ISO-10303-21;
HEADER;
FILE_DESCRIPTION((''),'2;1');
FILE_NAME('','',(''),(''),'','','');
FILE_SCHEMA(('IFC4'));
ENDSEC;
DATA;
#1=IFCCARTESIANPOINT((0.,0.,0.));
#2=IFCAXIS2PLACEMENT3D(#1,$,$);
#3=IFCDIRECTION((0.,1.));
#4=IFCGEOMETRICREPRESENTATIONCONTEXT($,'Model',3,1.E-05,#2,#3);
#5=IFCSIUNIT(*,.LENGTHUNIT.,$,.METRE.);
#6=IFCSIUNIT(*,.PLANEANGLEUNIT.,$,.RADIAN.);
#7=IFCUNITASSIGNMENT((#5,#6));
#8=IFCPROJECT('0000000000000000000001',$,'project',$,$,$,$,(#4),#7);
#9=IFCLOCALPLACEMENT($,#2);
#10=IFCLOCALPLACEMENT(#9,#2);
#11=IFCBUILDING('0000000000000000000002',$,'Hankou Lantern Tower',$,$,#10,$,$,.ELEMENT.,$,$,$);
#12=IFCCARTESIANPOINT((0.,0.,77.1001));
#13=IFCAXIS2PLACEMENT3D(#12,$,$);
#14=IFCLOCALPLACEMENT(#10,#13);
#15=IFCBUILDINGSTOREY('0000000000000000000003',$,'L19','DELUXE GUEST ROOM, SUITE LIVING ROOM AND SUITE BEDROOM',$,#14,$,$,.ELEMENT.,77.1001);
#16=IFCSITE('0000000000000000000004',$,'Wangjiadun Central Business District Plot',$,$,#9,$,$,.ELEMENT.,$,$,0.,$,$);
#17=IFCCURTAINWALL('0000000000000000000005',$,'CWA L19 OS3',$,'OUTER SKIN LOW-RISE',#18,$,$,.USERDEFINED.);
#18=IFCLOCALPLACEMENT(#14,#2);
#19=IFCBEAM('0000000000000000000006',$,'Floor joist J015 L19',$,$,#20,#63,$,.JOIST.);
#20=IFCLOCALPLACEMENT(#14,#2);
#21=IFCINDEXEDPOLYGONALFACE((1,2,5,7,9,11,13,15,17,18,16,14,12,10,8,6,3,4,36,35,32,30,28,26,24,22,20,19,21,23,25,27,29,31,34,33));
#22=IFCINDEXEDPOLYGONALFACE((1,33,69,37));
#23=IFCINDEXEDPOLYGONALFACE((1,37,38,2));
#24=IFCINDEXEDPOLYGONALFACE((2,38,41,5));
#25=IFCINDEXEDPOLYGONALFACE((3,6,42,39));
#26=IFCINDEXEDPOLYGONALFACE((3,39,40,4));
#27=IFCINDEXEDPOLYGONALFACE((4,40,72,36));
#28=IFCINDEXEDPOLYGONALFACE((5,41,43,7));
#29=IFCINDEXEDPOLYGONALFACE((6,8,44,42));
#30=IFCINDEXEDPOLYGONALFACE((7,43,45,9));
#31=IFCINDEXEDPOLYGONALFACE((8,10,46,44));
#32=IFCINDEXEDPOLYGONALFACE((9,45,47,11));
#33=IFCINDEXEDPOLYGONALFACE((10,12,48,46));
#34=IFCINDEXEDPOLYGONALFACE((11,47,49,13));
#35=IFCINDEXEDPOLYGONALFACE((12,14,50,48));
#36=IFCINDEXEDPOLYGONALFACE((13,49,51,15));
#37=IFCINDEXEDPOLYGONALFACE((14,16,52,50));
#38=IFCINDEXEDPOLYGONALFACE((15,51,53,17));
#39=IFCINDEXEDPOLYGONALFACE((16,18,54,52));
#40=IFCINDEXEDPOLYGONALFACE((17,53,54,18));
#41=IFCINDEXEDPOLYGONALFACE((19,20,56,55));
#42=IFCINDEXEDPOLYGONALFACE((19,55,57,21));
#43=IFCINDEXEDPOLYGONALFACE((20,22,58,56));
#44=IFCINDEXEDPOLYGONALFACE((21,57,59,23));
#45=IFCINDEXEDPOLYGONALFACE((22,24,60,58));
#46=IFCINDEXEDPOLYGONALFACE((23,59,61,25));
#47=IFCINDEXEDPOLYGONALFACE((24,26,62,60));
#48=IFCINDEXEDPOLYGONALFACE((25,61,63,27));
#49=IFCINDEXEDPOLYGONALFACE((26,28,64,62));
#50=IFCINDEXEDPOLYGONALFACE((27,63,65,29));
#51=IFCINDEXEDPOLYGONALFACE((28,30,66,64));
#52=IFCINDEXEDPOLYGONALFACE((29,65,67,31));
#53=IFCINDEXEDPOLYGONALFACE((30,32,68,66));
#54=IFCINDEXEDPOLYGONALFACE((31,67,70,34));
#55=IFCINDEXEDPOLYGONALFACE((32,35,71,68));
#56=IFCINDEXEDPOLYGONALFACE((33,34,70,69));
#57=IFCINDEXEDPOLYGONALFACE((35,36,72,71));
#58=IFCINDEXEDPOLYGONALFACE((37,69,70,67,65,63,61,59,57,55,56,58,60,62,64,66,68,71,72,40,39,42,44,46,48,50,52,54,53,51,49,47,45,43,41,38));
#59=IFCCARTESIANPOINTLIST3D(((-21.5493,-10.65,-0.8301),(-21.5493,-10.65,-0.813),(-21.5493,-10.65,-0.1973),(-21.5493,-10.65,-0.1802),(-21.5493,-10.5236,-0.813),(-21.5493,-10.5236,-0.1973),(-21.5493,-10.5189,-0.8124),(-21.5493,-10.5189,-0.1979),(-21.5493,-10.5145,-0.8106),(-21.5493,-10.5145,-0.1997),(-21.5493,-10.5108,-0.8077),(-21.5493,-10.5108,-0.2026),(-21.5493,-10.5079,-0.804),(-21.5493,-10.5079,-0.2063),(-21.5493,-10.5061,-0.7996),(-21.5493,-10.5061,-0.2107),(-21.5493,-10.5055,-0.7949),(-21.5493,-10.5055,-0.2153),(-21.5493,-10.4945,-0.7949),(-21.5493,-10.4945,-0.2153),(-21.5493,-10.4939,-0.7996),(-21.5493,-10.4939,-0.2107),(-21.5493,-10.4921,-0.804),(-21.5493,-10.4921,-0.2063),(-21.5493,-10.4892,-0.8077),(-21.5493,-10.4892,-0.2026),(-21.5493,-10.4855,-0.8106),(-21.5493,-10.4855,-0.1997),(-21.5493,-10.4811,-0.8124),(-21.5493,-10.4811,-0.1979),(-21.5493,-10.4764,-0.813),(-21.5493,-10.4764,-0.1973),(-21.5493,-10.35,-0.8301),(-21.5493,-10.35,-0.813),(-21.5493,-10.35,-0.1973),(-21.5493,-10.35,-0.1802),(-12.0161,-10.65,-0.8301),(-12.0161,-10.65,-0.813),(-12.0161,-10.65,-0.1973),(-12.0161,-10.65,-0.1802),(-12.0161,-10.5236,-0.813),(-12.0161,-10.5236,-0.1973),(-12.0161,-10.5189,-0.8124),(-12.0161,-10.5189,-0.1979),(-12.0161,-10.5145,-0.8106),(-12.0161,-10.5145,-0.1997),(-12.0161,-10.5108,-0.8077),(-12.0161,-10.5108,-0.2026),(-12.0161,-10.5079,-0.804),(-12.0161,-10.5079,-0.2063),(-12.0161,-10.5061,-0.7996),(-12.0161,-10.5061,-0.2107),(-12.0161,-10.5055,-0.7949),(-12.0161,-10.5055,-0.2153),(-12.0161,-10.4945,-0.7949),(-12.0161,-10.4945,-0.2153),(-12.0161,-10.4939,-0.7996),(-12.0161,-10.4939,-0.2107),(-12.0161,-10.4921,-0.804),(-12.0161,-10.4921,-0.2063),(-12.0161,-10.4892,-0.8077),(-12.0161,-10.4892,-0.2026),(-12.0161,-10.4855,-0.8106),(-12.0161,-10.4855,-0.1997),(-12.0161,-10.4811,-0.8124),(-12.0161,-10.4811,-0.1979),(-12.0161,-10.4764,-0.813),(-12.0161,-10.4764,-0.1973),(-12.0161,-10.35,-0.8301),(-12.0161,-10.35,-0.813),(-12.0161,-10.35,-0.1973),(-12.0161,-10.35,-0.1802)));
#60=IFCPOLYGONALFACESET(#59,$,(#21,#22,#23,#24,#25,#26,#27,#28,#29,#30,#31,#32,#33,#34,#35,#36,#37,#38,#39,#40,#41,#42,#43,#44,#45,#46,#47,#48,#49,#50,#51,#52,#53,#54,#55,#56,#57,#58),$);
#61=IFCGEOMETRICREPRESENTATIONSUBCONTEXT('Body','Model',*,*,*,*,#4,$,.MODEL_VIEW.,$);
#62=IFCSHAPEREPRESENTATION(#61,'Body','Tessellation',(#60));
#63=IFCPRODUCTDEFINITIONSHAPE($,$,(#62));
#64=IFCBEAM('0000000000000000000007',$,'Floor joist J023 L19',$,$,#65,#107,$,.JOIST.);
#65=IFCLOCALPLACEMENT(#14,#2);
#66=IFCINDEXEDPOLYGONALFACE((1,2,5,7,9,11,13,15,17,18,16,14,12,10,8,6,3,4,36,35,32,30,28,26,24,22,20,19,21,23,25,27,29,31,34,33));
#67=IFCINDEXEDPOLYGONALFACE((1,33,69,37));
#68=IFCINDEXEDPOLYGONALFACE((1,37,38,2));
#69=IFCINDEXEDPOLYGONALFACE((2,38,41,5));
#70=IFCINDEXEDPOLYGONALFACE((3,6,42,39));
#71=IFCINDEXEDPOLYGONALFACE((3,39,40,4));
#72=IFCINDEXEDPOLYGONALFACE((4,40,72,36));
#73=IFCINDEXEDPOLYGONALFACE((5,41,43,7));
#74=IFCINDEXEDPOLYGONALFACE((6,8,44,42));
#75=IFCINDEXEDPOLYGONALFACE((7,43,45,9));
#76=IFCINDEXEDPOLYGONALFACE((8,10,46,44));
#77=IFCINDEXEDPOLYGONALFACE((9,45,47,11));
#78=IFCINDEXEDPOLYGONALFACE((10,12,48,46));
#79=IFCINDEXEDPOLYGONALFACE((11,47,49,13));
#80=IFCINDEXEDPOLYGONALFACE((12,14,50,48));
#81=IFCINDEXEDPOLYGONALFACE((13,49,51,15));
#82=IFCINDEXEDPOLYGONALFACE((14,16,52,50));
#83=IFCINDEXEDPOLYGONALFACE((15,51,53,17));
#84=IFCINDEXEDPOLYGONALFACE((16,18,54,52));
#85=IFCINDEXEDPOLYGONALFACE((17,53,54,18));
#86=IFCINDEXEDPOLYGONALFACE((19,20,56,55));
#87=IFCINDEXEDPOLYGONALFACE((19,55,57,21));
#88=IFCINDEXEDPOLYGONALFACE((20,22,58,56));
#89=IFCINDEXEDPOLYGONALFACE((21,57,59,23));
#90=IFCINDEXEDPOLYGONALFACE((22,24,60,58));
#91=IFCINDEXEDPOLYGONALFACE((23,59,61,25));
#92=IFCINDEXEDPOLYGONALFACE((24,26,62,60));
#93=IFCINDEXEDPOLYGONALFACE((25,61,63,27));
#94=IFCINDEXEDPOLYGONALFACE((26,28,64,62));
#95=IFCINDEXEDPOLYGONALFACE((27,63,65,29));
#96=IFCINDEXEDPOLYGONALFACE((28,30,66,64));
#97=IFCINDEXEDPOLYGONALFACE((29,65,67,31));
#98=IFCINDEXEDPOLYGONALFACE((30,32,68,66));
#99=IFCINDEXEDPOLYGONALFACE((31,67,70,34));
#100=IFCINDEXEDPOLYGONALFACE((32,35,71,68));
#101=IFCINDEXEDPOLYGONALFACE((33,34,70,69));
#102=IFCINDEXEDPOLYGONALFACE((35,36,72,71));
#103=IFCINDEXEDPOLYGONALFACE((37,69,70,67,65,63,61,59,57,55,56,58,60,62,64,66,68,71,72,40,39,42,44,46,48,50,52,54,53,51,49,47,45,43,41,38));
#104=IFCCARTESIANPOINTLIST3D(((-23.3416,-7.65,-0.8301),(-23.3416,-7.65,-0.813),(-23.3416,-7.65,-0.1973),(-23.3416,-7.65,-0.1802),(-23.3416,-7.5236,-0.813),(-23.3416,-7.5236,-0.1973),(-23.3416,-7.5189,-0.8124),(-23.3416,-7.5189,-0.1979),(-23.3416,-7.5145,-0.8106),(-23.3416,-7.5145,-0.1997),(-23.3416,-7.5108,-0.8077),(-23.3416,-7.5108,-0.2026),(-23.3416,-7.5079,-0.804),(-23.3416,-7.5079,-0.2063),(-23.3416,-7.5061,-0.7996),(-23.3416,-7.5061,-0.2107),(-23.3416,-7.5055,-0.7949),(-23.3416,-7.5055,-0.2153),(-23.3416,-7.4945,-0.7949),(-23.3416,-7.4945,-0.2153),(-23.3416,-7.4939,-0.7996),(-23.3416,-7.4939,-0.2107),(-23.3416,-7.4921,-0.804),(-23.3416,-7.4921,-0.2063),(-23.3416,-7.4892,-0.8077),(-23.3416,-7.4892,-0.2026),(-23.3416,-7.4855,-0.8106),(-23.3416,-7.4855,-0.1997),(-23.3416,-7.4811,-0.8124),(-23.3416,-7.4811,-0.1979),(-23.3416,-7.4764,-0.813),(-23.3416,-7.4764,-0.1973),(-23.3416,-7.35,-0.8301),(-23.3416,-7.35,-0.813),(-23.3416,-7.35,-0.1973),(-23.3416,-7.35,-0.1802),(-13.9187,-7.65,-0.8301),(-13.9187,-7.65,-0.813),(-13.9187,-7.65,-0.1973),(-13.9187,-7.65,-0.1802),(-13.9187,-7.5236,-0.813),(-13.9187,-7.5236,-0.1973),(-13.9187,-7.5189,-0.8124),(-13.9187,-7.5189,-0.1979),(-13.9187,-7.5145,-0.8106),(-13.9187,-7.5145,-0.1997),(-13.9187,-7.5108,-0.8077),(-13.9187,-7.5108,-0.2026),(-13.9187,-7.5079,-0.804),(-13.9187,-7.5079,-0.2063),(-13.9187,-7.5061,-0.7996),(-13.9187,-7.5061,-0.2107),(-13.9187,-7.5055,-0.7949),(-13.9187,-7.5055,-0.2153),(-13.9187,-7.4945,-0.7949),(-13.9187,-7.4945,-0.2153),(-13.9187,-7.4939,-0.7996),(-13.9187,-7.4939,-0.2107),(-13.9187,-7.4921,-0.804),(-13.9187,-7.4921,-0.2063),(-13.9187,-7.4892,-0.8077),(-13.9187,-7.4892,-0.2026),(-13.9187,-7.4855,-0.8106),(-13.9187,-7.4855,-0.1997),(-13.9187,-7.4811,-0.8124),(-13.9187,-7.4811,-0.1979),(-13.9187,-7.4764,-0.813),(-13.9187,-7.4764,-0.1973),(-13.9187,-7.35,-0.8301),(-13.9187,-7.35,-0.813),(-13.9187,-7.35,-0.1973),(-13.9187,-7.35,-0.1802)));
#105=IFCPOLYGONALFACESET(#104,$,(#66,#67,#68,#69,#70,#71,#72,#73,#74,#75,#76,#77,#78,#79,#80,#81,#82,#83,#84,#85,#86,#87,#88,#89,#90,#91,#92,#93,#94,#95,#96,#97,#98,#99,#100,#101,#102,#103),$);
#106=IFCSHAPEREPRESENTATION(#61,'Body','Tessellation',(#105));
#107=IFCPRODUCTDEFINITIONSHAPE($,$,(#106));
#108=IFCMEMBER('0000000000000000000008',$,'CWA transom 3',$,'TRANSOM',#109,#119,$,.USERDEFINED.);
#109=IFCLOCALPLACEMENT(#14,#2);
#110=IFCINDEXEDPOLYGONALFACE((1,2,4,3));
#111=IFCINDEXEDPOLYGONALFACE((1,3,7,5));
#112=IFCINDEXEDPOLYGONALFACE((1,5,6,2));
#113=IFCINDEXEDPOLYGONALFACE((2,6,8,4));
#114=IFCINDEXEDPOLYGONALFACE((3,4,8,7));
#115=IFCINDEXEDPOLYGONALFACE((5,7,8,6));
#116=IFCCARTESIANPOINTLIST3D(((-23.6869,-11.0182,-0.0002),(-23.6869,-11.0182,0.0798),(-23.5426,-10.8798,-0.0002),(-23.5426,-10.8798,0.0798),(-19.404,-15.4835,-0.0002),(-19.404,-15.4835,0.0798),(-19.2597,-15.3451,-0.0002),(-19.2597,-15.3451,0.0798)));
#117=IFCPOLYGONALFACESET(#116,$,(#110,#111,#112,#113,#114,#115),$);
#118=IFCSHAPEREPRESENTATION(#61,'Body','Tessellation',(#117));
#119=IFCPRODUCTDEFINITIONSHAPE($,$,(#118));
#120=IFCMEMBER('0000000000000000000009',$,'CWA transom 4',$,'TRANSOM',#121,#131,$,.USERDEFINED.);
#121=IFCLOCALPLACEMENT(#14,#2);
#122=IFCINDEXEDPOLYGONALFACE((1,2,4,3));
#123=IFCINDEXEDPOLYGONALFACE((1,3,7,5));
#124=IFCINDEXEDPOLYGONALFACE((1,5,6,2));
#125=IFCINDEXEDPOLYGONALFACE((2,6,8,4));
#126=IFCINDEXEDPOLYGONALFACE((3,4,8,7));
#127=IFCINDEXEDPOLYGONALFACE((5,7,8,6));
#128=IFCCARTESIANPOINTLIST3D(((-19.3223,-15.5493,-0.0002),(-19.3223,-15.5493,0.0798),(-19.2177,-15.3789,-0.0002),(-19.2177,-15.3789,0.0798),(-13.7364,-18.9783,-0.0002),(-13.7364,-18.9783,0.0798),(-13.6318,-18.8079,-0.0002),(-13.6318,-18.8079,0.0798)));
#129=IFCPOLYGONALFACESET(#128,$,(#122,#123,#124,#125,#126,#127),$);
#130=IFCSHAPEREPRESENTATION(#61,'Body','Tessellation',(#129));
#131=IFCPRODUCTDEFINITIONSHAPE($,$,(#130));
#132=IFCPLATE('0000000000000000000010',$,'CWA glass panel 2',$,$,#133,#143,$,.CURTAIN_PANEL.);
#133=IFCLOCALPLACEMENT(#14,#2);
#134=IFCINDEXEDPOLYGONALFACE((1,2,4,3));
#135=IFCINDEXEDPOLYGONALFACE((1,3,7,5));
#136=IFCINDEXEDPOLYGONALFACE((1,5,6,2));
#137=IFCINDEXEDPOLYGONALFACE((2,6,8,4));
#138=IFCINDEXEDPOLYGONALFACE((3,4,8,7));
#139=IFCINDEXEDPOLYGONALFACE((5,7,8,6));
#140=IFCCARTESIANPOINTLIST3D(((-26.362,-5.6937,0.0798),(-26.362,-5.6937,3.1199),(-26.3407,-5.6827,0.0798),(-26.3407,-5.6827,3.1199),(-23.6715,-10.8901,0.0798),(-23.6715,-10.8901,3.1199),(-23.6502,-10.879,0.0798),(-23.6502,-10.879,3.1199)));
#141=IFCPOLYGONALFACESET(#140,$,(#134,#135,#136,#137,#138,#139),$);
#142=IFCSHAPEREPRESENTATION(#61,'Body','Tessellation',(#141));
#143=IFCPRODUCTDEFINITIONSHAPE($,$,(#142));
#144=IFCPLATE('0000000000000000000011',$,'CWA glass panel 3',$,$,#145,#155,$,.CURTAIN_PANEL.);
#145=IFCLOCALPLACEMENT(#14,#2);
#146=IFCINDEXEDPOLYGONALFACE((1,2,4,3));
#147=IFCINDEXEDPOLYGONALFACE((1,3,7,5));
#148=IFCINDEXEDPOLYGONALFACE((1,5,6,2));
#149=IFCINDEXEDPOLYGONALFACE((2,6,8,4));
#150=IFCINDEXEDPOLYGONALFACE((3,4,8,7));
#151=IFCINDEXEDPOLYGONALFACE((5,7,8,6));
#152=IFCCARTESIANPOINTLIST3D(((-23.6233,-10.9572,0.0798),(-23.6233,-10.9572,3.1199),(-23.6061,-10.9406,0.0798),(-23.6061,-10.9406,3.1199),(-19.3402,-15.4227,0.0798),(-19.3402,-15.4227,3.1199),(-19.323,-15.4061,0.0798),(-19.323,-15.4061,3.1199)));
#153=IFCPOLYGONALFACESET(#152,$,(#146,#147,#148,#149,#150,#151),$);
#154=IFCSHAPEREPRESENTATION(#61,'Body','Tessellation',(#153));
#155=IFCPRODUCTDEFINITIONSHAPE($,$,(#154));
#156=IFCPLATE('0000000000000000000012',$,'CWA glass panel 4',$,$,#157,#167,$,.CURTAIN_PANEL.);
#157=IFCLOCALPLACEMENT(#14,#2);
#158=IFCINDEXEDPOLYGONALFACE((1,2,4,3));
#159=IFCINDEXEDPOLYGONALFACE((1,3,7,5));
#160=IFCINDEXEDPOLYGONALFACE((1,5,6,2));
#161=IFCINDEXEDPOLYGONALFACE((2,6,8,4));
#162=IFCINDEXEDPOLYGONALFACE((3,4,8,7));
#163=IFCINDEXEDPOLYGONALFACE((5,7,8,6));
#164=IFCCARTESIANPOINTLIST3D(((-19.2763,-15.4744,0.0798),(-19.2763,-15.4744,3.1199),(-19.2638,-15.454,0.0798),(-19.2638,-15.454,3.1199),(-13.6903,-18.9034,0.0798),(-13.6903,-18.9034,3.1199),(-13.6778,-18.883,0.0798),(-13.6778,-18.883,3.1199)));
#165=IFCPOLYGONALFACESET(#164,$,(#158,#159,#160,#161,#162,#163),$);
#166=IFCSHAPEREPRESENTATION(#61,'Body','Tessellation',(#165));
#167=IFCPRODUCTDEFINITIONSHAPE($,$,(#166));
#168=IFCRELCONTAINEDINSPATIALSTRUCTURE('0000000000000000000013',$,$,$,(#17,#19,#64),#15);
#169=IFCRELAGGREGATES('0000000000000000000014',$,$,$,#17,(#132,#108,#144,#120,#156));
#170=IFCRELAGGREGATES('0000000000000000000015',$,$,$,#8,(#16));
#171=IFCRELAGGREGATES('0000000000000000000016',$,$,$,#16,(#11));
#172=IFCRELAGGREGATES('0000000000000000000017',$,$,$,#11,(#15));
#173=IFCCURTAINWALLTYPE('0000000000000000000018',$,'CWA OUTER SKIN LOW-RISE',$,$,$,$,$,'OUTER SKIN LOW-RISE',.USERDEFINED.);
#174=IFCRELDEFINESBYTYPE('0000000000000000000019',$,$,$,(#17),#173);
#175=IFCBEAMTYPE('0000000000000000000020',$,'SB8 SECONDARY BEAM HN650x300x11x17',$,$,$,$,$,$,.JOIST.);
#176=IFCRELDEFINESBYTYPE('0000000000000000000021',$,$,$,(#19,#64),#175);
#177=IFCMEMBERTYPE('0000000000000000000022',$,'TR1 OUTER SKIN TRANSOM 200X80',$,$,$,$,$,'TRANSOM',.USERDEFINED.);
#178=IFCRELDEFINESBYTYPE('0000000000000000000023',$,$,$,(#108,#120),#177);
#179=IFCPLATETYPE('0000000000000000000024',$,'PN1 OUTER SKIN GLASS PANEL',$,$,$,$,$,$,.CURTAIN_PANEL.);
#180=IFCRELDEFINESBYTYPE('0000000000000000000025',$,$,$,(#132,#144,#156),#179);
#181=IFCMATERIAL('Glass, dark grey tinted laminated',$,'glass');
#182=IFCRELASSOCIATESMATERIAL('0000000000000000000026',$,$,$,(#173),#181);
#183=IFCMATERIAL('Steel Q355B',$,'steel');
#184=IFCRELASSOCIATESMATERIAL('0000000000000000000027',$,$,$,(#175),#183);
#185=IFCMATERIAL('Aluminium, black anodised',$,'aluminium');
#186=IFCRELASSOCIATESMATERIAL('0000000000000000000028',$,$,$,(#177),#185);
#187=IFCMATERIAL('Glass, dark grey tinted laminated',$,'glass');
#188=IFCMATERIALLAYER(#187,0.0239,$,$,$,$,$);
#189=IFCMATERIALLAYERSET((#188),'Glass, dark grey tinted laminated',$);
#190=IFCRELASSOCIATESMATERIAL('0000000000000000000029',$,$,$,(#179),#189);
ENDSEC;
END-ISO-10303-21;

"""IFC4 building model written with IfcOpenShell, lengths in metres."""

from ifc_helpers import new_model, si_unit, direction, frame, origin, origin_2d, place, context, subcontext, project, spatial, rectangle, i_section, extrude, material, layer, layer_set, material_profile, profile_set, type_object, element, aggregate, save


model = new_model("IFC4")

# Units and contexts
model_context = context("Model", 3, precision=1e-05, world=origin(), true_north=direction((0.0, 1.0)))
body_context = subcontext(model_context, "Body", "Model", "MODEL_VIEW")
ifc_project = project(units=[si_unit("LENGTHUNIT", "METRE"), si_unit("PLANEANGLEUNIT", "RADIAN")], contexts=[model_context])

# Site, building, storey
site_placement = place(None, origin())
site = spatial("IfcSite", under=ifc_project, at=site_placement, Name="Wangjiadun Central Business District Plot", CompositionType="ELEMENT", RefElevation=0.0)
building_placement = place(site_placement, origin())
building = spatial("IfcBuilding", under=site, at=building_placement, Name="Hankou Lantern Tower", CompositionType="ELEMENT")
storey_placement = place(building_placement, frame((0.0, 0.0, 77.1001)))
storey = spatial("IfcBuildingStorey", under=building, at=storey_placement, Name="L19", Description="DELUXE GUEST ROOM, SUITE LIVING ROOM AND SUITE BEDROOM", CompositionType="ELEMENT", Elevation=77.1001)

# Curtain wall
ifc_material_1 = material(Name="Glass, dark grey tinted laminated", Category="glass")
curtain_wall_type = type_object("IfcCurtainWallType", Name="CWA OUTER SKIN LOW-RISE", ElementType="OUTER SKIN LOW-RISE", PredefinedType="USERDEFINED", material=ifc_material_1)
curtain_wall_placement = place(storey_placement, origin())
curtain_wall = element("IfcCurtainWall", 1, at=curtain_wall_placement, inside=storey, type_object=curtain_wall_type, Name="CWA L19 OS3", ObjectType="OUTER SKIN LOW-RISE", PredefinedType="USERDEFINED")

# Beams
ifc_material_2 = material(Name="Steel Q355B", Category="steel")
ifc_material_profile_1 = material_profile(ifc_material_2, i_section(OverallWidth=0.3, OverallDepth=0.6499, WebThickness=0.011, FlangeThickness=0.0171, FilletRadius=0.0181, at=origin_2d()), Name="HN650x300x11x17")
ifc_profile_set_1 = profile_set([ifc_material_profile_1], Name="Steel Q355B")
beam_type_1 = type_object("IfcBeamType", Name="SB8 SECONDARY BEAM HN650x300x11x17", PredefinedType="JOIST", material=ifc_profile_set_1)
beam_1_placement = place(storey_placement, frame((-21.5493, -10.5, -0.5051), z_axis=(1.0, 0.0, 0.0), x_axis=(0.0, 1.0, 0.0)))
element("IfcBeam", 2, at=beam_1_placement, inside=storey, type_object=beam_type_1, Name="Floor joist J015 L19", PredefinedType="JOIST", context=body_context, shape_type="SweptSolid", body=[
    extrude(i_section(OverallWidth=0.3, OverallDepth=0.6499, WebThickness=0.011, FlangeThickness=0.0171, FilletRadius=0.0181, at=origin_2d()), origin(), (0.0, 0.0, 1.0), 9.5332),
])
beam_2_placement = place(storey_placement, frame((-23.3416, -7.5, -0.5051), z_axis=(1.0, 0.0, 0.0), x_axis=(0.0, 1.0, 0.0)))
element("IfcBeam", 3, at=beam_2_placement, inside=storey, type_object=beam_type_1, Name="Floor joist J023 L19", PredefinedType="JOIST", context=body_context, shape_type="SweptSolid", body=[
    extrude(i_section(OverallWidth=0.3, OverallDepth=0.6499, WebThickness=0.011, FlangeThickness=0.0171, FilletRadius=0.0181, at=origin_2d()), origin(), (0.0, 0.0, 1.0), 9.4229),
])

# Members
ifc_material_3 = material(Name="Aluminium, black anodised", Category="aluminium")
ifc_material_profile_2 = material_profile(ifc_material_3, rectangle(XDim=0.2, YDim=0.0801, at=origin_2d()), Name="TR1 200X80")
ifc_profile_set_2 = profile_set([ifc_material_profile_2], Name="Aluminium, black anodised")
member_type_1 = type_object("IfcMemberType", Name="TR1 OUTER SKIN TRANSOM 200X80", ElementType="TRANSOM", PredefinedType="USERDEFINED", material=ifc_profile_set_2)
member_1_placement = place(storey_placement, frame((-23.6147, -10.949, 0.0398), z_axis=(0.692216, -0.721691, 0.0), x_axis=(0.721691, 0.692216, 0.0)))
member_1 = element("IfcMember", 4, at=member_1_placement, type_object=member_type_1, Name="CWA transom 3", ObjectType="TRANSOM", PredefinedType="USERDEFINED", context=body_context, shape_type="SweptSolid", body=[
    extrude(rectangle(XDim=0.2, YDim=0.0801, at=origin_2d()), origin(), (0.0, 0.0, 1.0), 6.1873),
])
member_2_placement = place(storey_placement, frame((-19.27, -15.4641, 0.0398), z_axis=(0.85224, -0.523152, 0.0), x_axis=(0.523152, 0.85224, 0.0)))
member_2 = element("IfcMember", 5, at=member_2_placement, type_object=member_type_1, Name="CWA transom 4", ObjectType="TRANSOM", PredefinedType="USERDEFINED", context=body_context, shape_type="SweptSolid", body=[
    extrude(rectangle(XDim=0.2, YDim=0.0801, at=origin_2d()), origin(), (0.0, 0.0, 1.0), 6.5544),
])

# Plates
ifc_material_4 = material(Name="Glass, dark grey tinted laminated", Category="glass")
ifc_layer_1 = layer(ifc_material_4, 0.0239)
ifc_layer_set_1 = layer_set([ifc_layer_1], Name="Glass, dark grey tinted laminated")
plate_type = type_object("IfcPlateType", Name="PN1 OUTER SKIN GLASS PANEL", PredefinedType="CURTAIN_PANEL", material=ifc_layer_set_1)
plate_1_placement = place(storey_placement, frame((-25.0061, -8.2864, 0.0798), z_axis=(0.0, 0.0, 1.0), x_axis=(0.459791, -0.888027, 0.0)))
plate_1 = element("IfcPlate", 6, at=plate_1_placement, type_object=plate_type, Name="CWA glass panel 2", PredefinedType="CURTAIN_PANEL", context=body_context, shape_type="SweptSolid", body=[
    extrude(rectangle(XDim=5.8516, YDim=0.0239, at=origin_2d()), origin(), (0.0, 0.0, 1.0), 3.04),
])
plate_2_placement = place(storey_placement, frame((-21.4731, -13.1816, 0.0798), z_axis=(0.0, 0.0, 1.0), x_axis=(0.692216, -0.721691, 0.0)))
plate_2 = element("IfcPlate", 7, at=plate_2_placement, type_object=plate_type, Name="CWA glass panel 3", PredefinedType="CURTAIN_PANEL", context=body_context, shape_type="SweptSolid", body=[
    extrude(rectangle(XDim=6.1875, YDim=0.0239, at=origin_2d()), origin(), (0.0, 0.0, 1.0), 3.04),
])
plate_3_placement = place(storey_placement, frame((-16.4771, -17.1787, 0.0798), z_axis=(0.0, 0.0, 1.0), x_axis=(0.852237, -0.523156, 0.0)))
plate_3 = element("IfcPlate", 8, at=plate_3_placement, type_object=plate_type, Name="CWA glass panel 4", PredefinedType="CURTAIN_PANEL", context=body_context, shape_type="SweptSolid", body=[
    extrude(rectangle(XDim=6.5544, YDim=0.0239, at=origin_2d()), origin(), (0.0, 0.0, 1.0), 3.04),
])
aggregate(curtain_wall, [plate_1, member_1, plate_2, member_2, plate_3])

save(model, "model.ifc")
